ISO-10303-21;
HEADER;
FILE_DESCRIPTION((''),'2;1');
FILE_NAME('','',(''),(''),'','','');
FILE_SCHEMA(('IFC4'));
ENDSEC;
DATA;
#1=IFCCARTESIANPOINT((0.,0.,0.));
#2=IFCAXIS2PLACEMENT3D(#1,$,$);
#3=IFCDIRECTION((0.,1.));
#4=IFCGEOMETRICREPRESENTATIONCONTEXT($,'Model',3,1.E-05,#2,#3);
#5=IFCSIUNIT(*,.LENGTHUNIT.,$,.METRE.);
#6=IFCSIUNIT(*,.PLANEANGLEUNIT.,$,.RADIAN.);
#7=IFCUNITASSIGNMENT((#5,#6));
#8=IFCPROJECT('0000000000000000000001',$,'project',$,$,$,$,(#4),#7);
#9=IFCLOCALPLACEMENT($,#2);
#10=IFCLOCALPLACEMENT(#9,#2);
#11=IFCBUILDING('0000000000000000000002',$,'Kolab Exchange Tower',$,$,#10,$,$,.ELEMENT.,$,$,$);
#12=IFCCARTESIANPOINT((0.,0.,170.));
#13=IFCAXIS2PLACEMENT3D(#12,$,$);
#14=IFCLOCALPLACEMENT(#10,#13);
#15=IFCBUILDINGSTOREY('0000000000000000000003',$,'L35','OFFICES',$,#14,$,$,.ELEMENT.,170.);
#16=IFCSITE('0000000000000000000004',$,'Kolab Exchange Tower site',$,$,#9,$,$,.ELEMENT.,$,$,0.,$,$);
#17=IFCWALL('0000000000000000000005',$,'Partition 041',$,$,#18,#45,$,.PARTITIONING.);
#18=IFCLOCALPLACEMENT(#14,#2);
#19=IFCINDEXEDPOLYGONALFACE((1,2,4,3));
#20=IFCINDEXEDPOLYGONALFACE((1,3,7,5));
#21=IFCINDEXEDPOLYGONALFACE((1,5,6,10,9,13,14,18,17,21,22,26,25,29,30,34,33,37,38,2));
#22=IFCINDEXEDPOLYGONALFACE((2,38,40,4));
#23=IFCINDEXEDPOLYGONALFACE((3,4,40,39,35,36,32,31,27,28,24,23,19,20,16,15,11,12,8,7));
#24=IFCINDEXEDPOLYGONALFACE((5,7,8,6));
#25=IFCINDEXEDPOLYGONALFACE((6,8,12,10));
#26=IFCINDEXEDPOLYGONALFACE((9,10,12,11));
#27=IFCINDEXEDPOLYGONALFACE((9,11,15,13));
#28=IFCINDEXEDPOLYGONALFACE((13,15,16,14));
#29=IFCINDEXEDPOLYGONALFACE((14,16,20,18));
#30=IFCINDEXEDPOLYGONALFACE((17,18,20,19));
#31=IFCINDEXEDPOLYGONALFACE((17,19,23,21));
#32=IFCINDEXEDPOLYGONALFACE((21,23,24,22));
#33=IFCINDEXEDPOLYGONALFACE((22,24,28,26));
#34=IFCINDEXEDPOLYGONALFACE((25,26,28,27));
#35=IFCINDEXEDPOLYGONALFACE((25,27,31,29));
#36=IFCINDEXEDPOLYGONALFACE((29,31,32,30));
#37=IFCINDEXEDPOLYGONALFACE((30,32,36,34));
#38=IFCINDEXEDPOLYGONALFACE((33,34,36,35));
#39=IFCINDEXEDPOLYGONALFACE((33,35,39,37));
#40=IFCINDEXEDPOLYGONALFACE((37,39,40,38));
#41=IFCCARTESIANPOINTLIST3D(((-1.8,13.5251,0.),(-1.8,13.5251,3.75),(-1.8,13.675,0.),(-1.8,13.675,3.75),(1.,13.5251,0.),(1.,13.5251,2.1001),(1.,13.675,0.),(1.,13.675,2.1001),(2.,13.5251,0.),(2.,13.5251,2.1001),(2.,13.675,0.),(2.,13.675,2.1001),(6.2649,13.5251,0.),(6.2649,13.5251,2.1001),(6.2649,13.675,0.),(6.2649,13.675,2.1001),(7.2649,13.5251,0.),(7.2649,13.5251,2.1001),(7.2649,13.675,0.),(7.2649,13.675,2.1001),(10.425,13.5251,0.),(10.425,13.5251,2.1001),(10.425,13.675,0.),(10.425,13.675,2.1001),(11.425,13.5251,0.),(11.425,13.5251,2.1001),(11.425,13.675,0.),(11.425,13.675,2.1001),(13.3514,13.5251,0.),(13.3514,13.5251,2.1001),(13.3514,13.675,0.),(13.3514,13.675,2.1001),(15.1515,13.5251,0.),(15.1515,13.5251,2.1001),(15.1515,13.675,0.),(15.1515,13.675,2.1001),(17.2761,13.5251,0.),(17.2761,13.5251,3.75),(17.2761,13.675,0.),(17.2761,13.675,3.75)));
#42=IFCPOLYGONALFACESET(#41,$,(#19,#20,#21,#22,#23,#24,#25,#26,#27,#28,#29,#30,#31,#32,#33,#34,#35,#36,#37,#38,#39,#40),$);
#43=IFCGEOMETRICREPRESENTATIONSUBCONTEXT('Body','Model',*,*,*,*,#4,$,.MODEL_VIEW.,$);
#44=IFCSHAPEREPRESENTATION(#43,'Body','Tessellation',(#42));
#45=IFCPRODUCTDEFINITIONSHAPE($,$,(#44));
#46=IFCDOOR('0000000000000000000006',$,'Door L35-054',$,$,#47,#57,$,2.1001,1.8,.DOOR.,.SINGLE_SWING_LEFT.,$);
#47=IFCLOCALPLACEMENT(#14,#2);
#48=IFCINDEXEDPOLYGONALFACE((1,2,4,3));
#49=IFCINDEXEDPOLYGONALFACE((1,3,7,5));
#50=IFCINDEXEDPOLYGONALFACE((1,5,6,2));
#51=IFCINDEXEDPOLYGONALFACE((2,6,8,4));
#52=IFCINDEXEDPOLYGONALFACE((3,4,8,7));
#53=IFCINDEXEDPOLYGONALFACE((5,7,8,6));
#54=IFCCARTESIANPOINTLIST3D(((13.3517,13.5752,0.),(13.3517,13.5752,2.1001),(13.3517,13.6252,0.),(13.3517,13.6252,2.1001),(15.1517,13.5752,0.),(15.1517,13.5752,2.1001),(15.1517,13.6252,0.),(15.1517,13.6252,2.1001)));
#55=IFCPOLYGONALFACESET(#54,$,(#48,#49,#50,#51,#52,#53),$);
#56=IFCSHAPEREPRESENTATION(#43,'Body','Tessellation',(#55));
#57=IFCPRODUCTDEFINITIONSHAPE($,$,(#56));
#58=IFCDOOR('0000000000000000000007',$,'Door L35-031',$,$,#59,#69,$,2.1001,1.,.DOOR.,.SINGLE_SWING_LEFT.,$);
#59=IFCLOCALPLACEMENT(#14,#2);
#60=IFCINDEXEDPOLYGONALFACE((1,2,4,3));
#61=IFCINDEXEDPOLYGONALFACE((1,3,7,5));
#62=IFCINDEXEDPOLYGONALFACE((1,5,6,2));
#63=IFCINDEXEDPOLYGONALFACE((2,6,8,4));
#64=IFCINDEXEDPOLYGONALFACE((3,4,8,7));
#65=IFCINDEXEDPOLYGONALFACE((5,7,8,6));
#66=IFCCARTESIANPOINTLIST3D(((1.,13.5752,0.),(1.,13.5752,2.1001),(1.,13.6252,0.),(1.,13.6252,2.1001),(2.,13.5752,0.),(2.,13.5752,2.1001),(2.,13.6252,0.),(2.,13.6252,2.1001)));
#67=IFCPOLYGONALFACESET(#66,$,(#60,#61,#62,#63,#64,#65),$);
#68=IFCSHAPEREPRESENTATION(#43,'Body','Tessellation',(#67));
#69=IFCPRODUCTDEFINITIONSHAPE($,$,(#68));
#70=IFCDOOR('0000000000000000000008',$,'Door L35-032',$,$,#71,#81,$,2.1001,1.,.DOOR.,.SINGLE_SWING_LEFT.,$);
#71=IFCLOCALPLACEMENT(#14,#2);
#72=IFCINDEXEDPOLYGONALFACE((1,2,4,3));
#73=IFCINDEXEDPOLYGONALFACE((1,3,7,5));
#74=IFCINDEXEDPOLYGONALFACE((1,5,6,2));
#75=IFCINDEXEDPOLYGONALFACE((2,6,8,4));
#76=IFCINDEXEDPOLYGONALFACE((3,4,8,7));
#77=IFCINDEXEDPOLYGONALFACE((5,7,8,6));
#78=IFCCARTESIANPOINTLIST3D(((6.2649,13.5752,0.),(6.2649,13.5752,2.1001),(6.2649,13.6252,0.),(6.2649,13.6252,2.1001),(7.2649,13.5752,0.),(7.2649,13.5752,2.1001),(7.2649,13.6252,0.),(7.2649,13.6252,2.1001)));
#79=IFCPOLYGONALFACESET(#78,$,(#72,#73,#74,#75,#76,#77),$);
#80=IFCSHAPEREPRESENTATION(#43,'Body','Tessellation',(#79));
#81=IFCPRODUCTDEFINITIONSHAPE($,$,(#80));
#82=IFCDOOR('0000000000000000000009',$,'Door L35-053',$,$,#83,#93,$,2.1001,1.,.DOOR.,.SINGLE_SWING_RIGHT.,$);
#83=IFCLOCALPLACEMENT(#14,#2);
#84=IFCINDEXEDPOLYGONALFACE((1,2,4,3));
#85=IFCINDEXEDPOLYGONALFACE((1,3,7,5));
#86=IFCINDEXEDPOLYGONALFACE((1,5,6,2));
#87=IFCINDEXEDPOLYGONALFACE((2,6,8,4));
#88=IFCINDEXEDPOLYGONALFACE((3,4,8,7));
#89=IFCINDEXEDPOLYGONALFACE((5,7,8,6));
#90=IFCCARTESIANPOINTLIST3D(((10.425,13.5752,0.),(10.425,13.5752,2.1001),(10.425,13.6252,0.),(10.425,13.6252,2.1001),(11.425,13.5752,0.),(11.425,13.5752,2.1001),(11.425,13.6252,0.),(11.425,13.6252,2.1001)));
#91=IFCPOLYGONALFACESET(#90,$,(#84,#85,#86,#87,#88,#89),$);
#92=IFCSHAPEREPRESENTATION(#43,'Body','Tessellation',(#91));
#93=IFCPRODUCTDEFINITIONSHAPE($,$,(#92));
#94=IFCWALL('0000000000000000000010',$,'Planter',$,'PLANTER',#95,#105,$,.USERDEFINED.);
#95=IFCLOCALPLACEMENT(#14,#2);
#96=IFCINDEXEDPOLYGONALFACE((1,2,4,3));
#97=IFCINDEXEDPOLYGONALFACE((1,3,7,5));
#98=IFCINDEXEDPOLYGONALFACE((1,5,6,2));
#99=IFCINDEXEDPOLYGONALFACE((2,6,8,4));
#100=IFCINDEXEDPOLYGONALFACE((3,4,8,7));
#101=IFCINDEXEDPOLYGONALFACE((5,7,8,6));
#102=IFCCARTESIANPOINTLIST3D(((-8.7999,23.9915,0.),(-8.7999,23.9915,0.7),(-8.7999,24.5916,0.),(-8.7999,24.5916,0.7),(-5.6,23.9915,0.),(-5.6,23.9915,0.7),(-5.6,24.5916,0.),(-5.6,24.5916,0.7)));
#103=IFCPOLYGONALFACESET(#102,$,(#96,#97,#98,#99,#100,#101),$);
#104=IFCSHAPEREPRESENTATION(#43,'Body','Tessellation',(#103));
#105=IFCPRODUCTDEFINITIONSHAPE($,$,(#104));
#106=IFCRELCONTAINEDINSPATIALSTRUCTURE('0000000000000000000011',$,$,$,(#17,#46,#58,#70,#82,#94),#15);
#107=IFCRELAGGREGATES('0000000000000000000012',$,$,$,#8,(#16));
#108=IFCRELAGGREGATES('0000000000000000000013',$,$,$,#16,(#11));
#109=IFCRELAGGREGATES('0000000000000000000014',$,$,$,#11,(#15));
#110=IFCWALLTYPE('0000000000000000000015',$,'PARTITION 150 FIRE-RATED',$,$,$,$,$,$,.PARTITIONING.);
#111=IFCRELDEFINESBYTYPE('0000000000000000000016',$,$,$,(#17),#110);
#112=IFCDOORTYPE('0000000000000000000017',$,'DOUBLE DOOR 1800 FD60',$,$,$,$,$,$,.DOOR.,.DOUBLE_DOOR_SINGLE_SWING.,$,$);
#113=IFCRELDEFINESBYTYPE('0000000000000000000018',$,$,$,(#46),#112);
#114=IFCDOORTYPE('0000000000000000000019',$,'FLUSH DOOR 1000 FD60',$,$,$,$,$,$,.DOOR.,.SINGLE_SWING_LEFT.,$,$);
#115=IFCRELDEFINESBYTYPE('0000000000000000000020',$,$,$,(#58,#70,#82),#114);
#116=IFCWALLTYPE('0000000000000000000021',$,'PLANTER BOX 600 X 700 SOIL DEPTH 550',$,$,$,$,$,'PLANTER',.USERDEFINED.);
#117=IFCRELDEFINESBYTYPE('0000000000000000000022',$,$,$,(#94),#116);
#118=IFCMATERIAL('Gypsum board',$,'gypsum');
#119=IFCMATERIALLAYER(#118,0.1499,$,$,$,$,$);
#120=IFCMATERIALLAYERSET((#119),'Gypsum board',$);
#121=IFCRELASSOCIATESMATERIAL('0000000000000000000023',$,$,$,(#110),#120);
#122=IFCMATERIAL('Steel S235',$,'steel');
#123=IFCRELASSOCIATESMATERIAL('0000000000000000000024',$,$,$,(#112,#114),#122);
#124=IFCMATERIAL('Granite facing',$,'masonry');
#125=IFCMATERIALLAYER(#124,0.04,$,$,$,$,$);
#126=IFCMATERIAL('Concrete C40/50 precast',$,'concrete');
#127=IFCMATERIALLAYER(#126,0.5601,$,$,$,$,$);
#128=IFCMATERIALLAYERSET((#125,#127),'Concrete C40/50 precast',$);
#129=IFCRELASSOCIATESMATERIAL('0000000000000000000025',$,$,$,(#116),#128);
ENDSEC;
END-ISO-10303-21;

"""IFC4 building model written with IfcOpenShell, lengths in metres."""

from ifc_helpers import new_model, si_unit, direction, frame, frame_2d, origin, place, context, subcontext, project, spatial, rectangle, extrude, material, layer, layer_set, type_object, element, fill, save


model = new_model("IFC4")

# Units and contexts
model_context = context("Model", 3, precision=1e-05, world=origin(), true_north=direction((0.0, 1.0)))
body_context = subcontext(model_context, "Body", "Model", "MODEL_VIEW")
ifc_project = project(units=[si_unit("LENGTHUNIT", "METRE"), si_unit("PLANEANGLEUNIT", "RADIAN")], contexts=[model_context])

# Site, building, storey
site_placement = place(None, origin())
site = spatial("IfcSite", under=ifc_project, at=site_placement, Name="Kolab Exchange Tower site", CompositionType="ELEMENT", RefElevation=0.0)
building_placement = place(site_placement, origin())
building = spatial("IfcBuilding", under=site, at=building_placement, Name="Kolab Exchange Tower", CompositionType="ELEMENT")
storey_placement = place(building_placement, frame((0.0, 0.0, 170.0)))
storey = spatial("IfcBuildingStorey", under=building, at=storey_placement, Name="L35", Description="OFFICES", CompositionType="ELEMENT", Elevation=170.0)

# Shared definitions
ifc_material_1 = material(Name="Gypsum board", Category="gypsum")
ifc_layer_1 = layer(ifc_material_1, 0.1499)
ifc_layer_set_1 = layer_set([ifc_layer_1], Name="Gypsum board")
wall_type_1 = type_object("IfcWallType", Name="PARTITION 150 FIRE-RATED", PredefinedType="PARTITIONING", material=ifc_layer_set_1)

# Wall, openings, doors
wall_1_placement = place(storey_placement, frame((-1.8, 13.6001, 0.0), z_axis=(0.0, 0.0, 1.0), x_axis=(1.0, 0.0, 0.0)))
wall_1 = element("IfcWall", 1, at=wall_1_placement, inside=storey, type_object=wall_type_1, Name="Partition 041", PredefinedType="PARTITIONING", context=body_context, shape_type="SweptSolid", body=[
    extrude(rectangle(XDim=19.0762, YDim=0.1499, at=frame_2d((9.5381, 0.0))), origin(), (0.0, 0.0, 1.0), 3.75),
])
opening_1_placement = place(wall_1_placement, frame((2.8, 0.0, 0.0)))
opening_1 = element("IfcOpeningElement", 2, at=opening_1_placement, cuts=wall_1, PredefinedType="OPENING", context=body_context, shape_type="SweptSolid", body=[
    extrude(rectangle(XDim=1.0, YDim=2.1001, at=frame_2d((0.5, 1.05))), frame((0.0, 0.085, 0.0), z_axis=(0.0, -1.0, 0.0), x_axis=(1.0, 0.0, 0.0)), (0.0, 0.0, 1.0), 0.1699),
])
opening_2_placement = place(wall_1_placement, frame((8.0649, 0.0, 0.0)))
opening_2 = element("IfcOpeningElement", 3, at=opening_2_placement, cuts=wall_1, PredefinedType="OPENING", context=body_context, shape_type="SweptSolid", body=[
    extrude(rectangle(XDim=1.0, YDim=2.1001, at=frame_2d((0.5, 1.05))), frame((0.0, 0.085, 0.0), z_axis=(0.0, -1.0, 0.0), x_axis=(1.0, 0.0, 0.0)), (0.0, 0.0, 1.0), 0.1699),
])
opening_3_placement = place(wall_1_placement, frame((12.2251, 0.0, 0.0)))
opening_3 = element("IfcOpeningElement", 4, at=opening_3_placement, cuts=wall_1, PredefinedType="OPENING", context=body_context, shape_type="SweptSolid", body=[
    extrude(rectangle(XDim=1.0, YDim=2.1001, at=frame_2d((0.5, 1.05))), frame((0.0, 0.085, 0.0), z_axis=(0.0, -1.0, 0.0), x_axis=(1.0, 0.0, 0.0)), (0.0, 0.0, 1.0), 0.1699),
])
opening_4_placement = place(wall_1_placement, frame((15.1516, 0.0, 0.0)))
opening_4 = element("IfcOpeningElement", 5, at=opening_4_placement, cuts=wall_1, PredefinedType="OPENING", context=body_context, shape_type="SweptSolid", body=[
    extrude(rectangle(XDim=1.8, YDim=2.1001, at=frame_2d((0.8999, 1.05))), frame((0.0, 0.085, 0.0), z_axis=(0.0, -1.0, 0.0), x_axis=(1.0, 0.0, 0.0)), (0.0, 0.0, 1.0), 0.1699),
])
ifc_material_2 = material(Name="Steel S235", Category="steel")
door_type_1 = type_object("IfcDoorType", Name="DOUBLE DOOR 1800 FD60", OperationType="DOUBLE_DOOR_SINGLE_SWING", PredefinedType="DOOR", material=ifc_material_2)
door_1_placement = place(opening_4_placement, frame((1.8, 0.0, 0.0), z_axis=(0.0, 0.0, 1.0), x_axis=(-1.0, 0.0, 0.0)))
door_1 = element("IfcDoor", 6, at=door_1_placement, inside=storey, type_object=door_type_1, Name="Door L35-054", OperationType="SINGLE_SWING_LEFT", OverallHeight=2.1001, OverallWidth=1.8, PredefinedType="DOOR", context=body_context, shape_type="SweptSolid", body=[
    extrude(rectangle(XDim=1.8, YDim=2.1001, at=frame_2d((0.8999, 1.05))), frame((0.0, 0.0249, 0.0), z_axis=(0.0, -1.0, 0.0), x_axis=(1.0, 0.0, 0.0)), (0.0, 0.0, 1.0), 0.05),
])
fill(opening_4, door_1)
door_type_2 = type_object("IfcDoorType", Name="FLUSH DOOR 1000 FD60", OperationType="SINGLE_SWING_LEFT", PredefinedType="DOOR", material=ifc_material_2)
door_2_placement = place(opening_1_placement, frame((1.0, 0.0, 0.0), z_axis=(0.0, 0.0, 1.0), x_axis=(-1.0, 0.0, 0.0)))
door_2 = element("IfcDoor", 7, at=door_2_placement, inside=storey, type_object=door_type_2, Name="Door L35-031", OperationType="SINGLE_SWING_LEFT", OverallHeight=2.1001, OverallWidth=1.0, PredefinedType="DOOR", context=body_context, shape_type="SweptSolid", body=[
    extrude(rectangle(XDim=1.0, YDim=2.1001, at=frame_2d((0.5, 1.05))), frame((0.0, 0.0249, 0.0), z_axis=(0.0, -1.0, 0.0), x_axis=(1.0, 0.0, 0.0)), (0.0, 0.0, 1.0), 0.05),
])
fill(opening_1, door_2)
door_3_placement = place(opening_2_placement, frame((1.0, 0.0, 0.0), z_axis=(0.0, 0.0, 1.0), x_axis=(-1.0, 0.0, 0.0)))
door_3 = element("IfcDoor", 8, at=door_3_placement, inside=storey, type_object=door_type_2, Name="Door L35-032", OperationType="SINGLE_SWING_LEFT", OverallHeight=2.1001, OverallWidth=1.0, PredefinedType="DOOR", context=body_context, shape_type="SweptSolid", body=[
    extrude(rectangle(XDim=1.0, YDim=2.1001, at=frame_2d((0.5, 1.05))), frame((0.0, 0.0249, 0.0), z_axis=(0.0, -1.0, 0.0), x_axis=(1.0, 0.0, 0.0)), (0.0, 0.0, 1.0), 0.05),
])
fill(opening_2, door_3)
door_4_placement = place(opening_3_placement, frame((1.0, 0.0, 0.0), z_axis=(0.0, 0.0, 1.0), x_axis=(-1.0, 0.0, 0.0)))
door_4 = element("IfcDoor", 9, at=door_4_placement, inside=storey, type_object=door_type_2, Name="Door L35-053", OperationType="SINGLE_SWING_RIGHT", OverallHeight=2.1001, OverallWidth=1.0, PredefinedType="DOOR", context=body_context, shape_type="SweptSolid", body=[
    extrude(rectangle(XDim=1.0, YDim=2.1001, at=frame_2d((0.5, 1.05))), frame((0.0, 0.0249, 0.0), z_axis=(0.0, -1.0, 0.0), x_axis=(1.0, 0.0, 0.0)), (0.0, 0.0, 1.0), 0.05),
])
fill(opening_3, door_4)

# Wall
ifc_material_3 = material(Name="Granite facing", Category="masonry")
ifc_layer_2 = layer(ifc_material_3, 0.04)
ifc_material_4 = material(Name="Concrete C40/50 precast", Category="concrete")
ifc_layer_3 = layer(ifc_material_4, 0.5601)
ifc_layer_set_2 = layer_set([ifc_layer_2, ifc_layer_3], Name="Concrete C40/50 precast")
wall_type_2 = type_object("IfcWallType", Name="PLANTER BOX 600 X 700 SOIL DEPTH 550", ElementType="PLANTER", PredefinedType="USERDEFINED", material=ifc_layer_set_2)
wall_2_placement = place(storey_placement, frame((-8.8, 24.2915, 0.0), z_axis=(0.0, 0.0, 1.0), x_axis=(1.0, 0.0, 0.0)))
element("IfcWall", 10, at=wall_2_placement, inside=storey, type_object=wall_type_2, Name="Planter", ObjectType="PLANTER", PredefinedType="USERDEFINED", context=body_context, shape_type="SweptSolid", body=[
    extrude(rectangle(XDim=3.2, YDim=0.6001, at=frame_2d((1.6001, 0.0))), origin(), (0.0, 0.0, 1.0), 0.7),
])

save(model, "model.ifc")
